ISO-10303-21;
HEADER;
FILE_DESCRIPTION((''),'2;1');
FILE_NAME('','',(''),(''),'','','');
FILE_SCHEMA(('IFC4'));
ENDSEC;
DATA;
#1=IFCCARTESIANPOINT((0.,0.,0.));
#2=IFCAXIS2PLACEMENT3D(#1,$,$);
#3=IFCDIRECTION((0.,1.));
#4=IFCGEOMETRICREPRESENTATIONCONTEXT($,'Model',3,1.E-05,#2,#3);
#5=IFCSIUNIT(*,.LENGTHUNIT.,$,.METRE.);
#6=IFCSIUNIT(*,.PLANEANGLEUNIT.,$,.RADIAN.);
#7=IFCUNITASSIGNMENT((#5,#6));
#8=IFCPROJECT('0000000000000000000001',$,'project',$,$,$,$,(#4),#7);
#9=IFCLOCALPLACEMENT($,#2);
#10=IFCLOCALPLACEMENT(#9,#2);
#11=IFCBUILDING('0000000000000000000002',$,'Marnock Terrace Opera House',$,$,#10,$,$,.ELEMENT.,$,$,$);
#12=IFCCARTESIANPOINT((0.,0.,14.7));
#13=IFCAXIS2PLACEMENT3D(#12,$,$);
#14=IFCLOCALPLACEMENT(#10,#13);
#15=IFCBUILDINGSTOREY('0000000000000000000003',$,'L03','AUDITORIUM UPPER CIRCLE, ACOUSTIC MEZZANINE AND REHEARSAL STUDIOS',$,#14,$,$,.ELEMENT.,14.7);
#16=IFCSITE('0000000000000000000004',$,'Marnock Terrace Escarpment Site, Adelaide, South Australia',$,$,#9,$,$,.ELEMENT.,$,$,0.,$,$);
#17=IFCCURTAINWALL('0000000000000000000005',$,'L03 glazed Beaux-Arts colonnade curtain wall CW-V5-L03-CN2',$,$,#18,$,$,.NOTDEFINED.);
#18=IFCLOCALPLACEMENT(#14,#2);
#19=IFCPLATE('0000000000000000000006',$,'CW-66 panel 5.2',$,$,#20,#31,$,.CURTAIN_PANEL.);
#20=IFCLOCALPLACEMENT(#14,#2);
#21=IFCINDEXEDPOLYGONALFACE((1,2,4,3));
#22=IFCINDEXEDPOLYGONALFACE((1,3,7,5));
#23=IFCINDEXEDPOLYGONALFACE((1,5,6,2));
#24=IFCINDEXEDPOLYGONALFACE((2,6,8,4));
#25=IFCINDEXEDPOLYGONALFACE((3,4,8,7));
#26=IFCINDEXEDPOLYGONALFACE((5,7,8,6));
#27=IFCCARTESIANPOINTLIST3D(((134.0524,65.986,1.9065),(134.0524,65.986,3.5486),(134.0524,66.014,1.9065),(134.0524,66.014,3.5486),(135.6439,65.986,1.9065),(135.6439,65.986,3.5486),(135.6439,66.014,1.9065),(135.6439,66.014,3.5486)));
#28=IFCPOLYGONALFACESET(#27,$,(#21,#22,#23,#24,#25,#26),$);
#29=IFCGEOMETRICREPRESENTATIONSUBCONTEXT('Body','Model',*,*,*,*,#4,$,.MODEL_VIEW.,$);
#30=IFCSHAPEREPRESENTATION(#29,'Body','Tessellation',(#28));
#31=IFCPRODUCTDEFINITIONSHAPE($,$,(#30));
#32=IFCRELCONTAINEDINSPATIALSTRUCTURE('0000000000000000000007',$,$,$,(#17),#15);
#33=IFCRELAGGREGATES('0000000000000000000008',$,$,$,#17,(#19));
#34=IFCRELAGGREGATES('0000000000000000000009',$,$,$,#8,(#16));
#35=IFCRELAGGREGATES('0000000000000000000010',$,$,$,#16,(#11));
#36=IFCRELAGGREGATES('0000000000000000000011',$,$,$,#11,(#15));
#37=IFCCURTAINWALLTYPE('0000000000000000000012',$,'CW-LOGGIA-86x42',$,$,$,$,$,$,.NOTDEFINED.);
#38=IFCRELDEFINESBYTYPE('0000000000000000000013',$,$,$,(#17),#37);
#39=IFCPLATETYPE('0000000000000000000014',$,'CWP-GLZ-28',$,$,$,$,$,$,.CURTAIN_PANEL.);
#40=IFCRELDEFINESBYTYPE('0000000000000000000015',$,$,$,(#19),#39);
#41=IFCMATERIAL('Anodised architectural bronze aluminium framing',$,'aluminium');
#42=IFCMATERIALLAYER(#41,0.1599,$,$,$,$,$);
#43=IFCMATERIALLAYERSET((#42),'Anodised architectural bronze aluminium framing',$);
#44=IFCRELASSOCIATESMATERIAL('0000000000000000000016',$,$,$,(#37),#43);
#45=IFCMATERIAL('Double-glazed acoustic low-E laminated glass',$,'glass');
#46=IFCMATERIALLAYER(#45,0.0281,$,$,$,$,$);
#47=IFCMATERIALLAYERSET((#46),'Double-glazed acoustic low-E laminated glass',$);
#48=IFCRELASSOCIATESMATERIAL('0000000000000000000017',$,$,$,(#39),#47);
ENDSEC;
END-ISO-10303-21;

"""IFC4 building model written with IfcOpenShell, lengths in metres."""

from ifc_helpers import new_model, si_unit, direction, frame, origin, origin_2d, place, context, subcontext, project, spatial, rectangle, extrude, material, layer, layer_set, type_object, element, aggregate, save


model = new_model("IFC4")

# Units and contexts
model_context = context("Model", 3, precision=1e-05, world=origin(), true_north=direction((0.0, 1.0)))
body_context = subcontext(model_context, "Body", "Model", "MODEL_VIEW")
ifc_project = project(units=[si_unit("LENGTHUNIT", "METRE"), si_unit("PLANEANGLEUNIT", "RADIAN")], contexts=[model_context])

# Site, building, storey
site_placement = place(None, origin())
site = spatial("IfcSite", under=ifc_project, at=site_placement, Name="Marnock Terrace Escarpment Site, Adelaide, South Australia", CompositionType="ELEMENT", RefElevation=0.0)
building_placement = place(site_placement, origin())
building = spatial("IfcBuilding", under=site, at=building_placement, Name="Marnock Terrace Opera House", CompositionType="ELEMENT")
storey_placement = place(building_placement, frame((0.0, 0.0, 14.7)))
storey = spatial("IfcBuildingStorey", under=building, at=storey_placement, Name="L03", Description="AUDITORIUM UPPER CIRCLE, ACOUSTIC MEZZANINE AND REHEARSAL STUDIOS", CompositionType="ELEMENT", Elevation=14.7)

# Curtain wall, plate
ifc_material_1 = material(Name="Anodised architectural bronze aluminium framing", Category="aluminium")
ifc_layer_1 = layer(ifc_material_1, 0.1599)
ifc_layer_set_1 = layer_set([ifc_layer_1], Name="Anodised architectural bronze aluminium framing")
curtain_wall_type = type_object("IfcCurtainWallType", Name="CW-LOGGIA-86x42", PredefinedType="NOTDEFINED", material=ifc_layer_set_1)
curtain_wall_placement = place(storey_placement, origin())
curtain_wall = element("IfcCurtainWall", 1, at=curtain_wall_placement, inside=storey, type_object=curtain_wall_type, Name="L03 glazed Beaux-Arts colonnade curtain wall CW-V5-L03-CN2", PredefinedType="NOTDEFINED")
ifc_material_2 = material(Name="Double-glazed acoustic low-E laminated glass", Category="glass")
ifc_layer_2 = layer(ifc_material_2, 0.0281)
ifc_layer_set_2 = layer_set([ifc_layer_2], Name="Double-glazed acoustic low-E laminated glass")
plate_type = type_object("IfcPlateType", Name="CWP-GLZ-28", PredefinedType="CURTAIN_PANEL", material=ifc_layer_set_2)
plate_1_placement = place(storey_placement, frame((134.8481, 66.0, 1.9065), z_axis=(0.0, 0.0, 1.0), x_axis=(1.0, 0.0, 0.0)))
plate_1 = element("IfcPlate", 2, at=plate_1_placement, type_object=plate_type, Name="CW-66 panel 5.2", PredefinedType="CURTAIN_PANEL", context=body_context, shape_type="SweptSolid", body=[
    extrude(rectangle(XDim=1.5916, YDim=0.0281, at=origin_2d()), origin(), (0.0, 0.0, 1.0), 1.6421),
])
aggregate(curtain_wall, [plate_1])

save(model, "model.ifc")
